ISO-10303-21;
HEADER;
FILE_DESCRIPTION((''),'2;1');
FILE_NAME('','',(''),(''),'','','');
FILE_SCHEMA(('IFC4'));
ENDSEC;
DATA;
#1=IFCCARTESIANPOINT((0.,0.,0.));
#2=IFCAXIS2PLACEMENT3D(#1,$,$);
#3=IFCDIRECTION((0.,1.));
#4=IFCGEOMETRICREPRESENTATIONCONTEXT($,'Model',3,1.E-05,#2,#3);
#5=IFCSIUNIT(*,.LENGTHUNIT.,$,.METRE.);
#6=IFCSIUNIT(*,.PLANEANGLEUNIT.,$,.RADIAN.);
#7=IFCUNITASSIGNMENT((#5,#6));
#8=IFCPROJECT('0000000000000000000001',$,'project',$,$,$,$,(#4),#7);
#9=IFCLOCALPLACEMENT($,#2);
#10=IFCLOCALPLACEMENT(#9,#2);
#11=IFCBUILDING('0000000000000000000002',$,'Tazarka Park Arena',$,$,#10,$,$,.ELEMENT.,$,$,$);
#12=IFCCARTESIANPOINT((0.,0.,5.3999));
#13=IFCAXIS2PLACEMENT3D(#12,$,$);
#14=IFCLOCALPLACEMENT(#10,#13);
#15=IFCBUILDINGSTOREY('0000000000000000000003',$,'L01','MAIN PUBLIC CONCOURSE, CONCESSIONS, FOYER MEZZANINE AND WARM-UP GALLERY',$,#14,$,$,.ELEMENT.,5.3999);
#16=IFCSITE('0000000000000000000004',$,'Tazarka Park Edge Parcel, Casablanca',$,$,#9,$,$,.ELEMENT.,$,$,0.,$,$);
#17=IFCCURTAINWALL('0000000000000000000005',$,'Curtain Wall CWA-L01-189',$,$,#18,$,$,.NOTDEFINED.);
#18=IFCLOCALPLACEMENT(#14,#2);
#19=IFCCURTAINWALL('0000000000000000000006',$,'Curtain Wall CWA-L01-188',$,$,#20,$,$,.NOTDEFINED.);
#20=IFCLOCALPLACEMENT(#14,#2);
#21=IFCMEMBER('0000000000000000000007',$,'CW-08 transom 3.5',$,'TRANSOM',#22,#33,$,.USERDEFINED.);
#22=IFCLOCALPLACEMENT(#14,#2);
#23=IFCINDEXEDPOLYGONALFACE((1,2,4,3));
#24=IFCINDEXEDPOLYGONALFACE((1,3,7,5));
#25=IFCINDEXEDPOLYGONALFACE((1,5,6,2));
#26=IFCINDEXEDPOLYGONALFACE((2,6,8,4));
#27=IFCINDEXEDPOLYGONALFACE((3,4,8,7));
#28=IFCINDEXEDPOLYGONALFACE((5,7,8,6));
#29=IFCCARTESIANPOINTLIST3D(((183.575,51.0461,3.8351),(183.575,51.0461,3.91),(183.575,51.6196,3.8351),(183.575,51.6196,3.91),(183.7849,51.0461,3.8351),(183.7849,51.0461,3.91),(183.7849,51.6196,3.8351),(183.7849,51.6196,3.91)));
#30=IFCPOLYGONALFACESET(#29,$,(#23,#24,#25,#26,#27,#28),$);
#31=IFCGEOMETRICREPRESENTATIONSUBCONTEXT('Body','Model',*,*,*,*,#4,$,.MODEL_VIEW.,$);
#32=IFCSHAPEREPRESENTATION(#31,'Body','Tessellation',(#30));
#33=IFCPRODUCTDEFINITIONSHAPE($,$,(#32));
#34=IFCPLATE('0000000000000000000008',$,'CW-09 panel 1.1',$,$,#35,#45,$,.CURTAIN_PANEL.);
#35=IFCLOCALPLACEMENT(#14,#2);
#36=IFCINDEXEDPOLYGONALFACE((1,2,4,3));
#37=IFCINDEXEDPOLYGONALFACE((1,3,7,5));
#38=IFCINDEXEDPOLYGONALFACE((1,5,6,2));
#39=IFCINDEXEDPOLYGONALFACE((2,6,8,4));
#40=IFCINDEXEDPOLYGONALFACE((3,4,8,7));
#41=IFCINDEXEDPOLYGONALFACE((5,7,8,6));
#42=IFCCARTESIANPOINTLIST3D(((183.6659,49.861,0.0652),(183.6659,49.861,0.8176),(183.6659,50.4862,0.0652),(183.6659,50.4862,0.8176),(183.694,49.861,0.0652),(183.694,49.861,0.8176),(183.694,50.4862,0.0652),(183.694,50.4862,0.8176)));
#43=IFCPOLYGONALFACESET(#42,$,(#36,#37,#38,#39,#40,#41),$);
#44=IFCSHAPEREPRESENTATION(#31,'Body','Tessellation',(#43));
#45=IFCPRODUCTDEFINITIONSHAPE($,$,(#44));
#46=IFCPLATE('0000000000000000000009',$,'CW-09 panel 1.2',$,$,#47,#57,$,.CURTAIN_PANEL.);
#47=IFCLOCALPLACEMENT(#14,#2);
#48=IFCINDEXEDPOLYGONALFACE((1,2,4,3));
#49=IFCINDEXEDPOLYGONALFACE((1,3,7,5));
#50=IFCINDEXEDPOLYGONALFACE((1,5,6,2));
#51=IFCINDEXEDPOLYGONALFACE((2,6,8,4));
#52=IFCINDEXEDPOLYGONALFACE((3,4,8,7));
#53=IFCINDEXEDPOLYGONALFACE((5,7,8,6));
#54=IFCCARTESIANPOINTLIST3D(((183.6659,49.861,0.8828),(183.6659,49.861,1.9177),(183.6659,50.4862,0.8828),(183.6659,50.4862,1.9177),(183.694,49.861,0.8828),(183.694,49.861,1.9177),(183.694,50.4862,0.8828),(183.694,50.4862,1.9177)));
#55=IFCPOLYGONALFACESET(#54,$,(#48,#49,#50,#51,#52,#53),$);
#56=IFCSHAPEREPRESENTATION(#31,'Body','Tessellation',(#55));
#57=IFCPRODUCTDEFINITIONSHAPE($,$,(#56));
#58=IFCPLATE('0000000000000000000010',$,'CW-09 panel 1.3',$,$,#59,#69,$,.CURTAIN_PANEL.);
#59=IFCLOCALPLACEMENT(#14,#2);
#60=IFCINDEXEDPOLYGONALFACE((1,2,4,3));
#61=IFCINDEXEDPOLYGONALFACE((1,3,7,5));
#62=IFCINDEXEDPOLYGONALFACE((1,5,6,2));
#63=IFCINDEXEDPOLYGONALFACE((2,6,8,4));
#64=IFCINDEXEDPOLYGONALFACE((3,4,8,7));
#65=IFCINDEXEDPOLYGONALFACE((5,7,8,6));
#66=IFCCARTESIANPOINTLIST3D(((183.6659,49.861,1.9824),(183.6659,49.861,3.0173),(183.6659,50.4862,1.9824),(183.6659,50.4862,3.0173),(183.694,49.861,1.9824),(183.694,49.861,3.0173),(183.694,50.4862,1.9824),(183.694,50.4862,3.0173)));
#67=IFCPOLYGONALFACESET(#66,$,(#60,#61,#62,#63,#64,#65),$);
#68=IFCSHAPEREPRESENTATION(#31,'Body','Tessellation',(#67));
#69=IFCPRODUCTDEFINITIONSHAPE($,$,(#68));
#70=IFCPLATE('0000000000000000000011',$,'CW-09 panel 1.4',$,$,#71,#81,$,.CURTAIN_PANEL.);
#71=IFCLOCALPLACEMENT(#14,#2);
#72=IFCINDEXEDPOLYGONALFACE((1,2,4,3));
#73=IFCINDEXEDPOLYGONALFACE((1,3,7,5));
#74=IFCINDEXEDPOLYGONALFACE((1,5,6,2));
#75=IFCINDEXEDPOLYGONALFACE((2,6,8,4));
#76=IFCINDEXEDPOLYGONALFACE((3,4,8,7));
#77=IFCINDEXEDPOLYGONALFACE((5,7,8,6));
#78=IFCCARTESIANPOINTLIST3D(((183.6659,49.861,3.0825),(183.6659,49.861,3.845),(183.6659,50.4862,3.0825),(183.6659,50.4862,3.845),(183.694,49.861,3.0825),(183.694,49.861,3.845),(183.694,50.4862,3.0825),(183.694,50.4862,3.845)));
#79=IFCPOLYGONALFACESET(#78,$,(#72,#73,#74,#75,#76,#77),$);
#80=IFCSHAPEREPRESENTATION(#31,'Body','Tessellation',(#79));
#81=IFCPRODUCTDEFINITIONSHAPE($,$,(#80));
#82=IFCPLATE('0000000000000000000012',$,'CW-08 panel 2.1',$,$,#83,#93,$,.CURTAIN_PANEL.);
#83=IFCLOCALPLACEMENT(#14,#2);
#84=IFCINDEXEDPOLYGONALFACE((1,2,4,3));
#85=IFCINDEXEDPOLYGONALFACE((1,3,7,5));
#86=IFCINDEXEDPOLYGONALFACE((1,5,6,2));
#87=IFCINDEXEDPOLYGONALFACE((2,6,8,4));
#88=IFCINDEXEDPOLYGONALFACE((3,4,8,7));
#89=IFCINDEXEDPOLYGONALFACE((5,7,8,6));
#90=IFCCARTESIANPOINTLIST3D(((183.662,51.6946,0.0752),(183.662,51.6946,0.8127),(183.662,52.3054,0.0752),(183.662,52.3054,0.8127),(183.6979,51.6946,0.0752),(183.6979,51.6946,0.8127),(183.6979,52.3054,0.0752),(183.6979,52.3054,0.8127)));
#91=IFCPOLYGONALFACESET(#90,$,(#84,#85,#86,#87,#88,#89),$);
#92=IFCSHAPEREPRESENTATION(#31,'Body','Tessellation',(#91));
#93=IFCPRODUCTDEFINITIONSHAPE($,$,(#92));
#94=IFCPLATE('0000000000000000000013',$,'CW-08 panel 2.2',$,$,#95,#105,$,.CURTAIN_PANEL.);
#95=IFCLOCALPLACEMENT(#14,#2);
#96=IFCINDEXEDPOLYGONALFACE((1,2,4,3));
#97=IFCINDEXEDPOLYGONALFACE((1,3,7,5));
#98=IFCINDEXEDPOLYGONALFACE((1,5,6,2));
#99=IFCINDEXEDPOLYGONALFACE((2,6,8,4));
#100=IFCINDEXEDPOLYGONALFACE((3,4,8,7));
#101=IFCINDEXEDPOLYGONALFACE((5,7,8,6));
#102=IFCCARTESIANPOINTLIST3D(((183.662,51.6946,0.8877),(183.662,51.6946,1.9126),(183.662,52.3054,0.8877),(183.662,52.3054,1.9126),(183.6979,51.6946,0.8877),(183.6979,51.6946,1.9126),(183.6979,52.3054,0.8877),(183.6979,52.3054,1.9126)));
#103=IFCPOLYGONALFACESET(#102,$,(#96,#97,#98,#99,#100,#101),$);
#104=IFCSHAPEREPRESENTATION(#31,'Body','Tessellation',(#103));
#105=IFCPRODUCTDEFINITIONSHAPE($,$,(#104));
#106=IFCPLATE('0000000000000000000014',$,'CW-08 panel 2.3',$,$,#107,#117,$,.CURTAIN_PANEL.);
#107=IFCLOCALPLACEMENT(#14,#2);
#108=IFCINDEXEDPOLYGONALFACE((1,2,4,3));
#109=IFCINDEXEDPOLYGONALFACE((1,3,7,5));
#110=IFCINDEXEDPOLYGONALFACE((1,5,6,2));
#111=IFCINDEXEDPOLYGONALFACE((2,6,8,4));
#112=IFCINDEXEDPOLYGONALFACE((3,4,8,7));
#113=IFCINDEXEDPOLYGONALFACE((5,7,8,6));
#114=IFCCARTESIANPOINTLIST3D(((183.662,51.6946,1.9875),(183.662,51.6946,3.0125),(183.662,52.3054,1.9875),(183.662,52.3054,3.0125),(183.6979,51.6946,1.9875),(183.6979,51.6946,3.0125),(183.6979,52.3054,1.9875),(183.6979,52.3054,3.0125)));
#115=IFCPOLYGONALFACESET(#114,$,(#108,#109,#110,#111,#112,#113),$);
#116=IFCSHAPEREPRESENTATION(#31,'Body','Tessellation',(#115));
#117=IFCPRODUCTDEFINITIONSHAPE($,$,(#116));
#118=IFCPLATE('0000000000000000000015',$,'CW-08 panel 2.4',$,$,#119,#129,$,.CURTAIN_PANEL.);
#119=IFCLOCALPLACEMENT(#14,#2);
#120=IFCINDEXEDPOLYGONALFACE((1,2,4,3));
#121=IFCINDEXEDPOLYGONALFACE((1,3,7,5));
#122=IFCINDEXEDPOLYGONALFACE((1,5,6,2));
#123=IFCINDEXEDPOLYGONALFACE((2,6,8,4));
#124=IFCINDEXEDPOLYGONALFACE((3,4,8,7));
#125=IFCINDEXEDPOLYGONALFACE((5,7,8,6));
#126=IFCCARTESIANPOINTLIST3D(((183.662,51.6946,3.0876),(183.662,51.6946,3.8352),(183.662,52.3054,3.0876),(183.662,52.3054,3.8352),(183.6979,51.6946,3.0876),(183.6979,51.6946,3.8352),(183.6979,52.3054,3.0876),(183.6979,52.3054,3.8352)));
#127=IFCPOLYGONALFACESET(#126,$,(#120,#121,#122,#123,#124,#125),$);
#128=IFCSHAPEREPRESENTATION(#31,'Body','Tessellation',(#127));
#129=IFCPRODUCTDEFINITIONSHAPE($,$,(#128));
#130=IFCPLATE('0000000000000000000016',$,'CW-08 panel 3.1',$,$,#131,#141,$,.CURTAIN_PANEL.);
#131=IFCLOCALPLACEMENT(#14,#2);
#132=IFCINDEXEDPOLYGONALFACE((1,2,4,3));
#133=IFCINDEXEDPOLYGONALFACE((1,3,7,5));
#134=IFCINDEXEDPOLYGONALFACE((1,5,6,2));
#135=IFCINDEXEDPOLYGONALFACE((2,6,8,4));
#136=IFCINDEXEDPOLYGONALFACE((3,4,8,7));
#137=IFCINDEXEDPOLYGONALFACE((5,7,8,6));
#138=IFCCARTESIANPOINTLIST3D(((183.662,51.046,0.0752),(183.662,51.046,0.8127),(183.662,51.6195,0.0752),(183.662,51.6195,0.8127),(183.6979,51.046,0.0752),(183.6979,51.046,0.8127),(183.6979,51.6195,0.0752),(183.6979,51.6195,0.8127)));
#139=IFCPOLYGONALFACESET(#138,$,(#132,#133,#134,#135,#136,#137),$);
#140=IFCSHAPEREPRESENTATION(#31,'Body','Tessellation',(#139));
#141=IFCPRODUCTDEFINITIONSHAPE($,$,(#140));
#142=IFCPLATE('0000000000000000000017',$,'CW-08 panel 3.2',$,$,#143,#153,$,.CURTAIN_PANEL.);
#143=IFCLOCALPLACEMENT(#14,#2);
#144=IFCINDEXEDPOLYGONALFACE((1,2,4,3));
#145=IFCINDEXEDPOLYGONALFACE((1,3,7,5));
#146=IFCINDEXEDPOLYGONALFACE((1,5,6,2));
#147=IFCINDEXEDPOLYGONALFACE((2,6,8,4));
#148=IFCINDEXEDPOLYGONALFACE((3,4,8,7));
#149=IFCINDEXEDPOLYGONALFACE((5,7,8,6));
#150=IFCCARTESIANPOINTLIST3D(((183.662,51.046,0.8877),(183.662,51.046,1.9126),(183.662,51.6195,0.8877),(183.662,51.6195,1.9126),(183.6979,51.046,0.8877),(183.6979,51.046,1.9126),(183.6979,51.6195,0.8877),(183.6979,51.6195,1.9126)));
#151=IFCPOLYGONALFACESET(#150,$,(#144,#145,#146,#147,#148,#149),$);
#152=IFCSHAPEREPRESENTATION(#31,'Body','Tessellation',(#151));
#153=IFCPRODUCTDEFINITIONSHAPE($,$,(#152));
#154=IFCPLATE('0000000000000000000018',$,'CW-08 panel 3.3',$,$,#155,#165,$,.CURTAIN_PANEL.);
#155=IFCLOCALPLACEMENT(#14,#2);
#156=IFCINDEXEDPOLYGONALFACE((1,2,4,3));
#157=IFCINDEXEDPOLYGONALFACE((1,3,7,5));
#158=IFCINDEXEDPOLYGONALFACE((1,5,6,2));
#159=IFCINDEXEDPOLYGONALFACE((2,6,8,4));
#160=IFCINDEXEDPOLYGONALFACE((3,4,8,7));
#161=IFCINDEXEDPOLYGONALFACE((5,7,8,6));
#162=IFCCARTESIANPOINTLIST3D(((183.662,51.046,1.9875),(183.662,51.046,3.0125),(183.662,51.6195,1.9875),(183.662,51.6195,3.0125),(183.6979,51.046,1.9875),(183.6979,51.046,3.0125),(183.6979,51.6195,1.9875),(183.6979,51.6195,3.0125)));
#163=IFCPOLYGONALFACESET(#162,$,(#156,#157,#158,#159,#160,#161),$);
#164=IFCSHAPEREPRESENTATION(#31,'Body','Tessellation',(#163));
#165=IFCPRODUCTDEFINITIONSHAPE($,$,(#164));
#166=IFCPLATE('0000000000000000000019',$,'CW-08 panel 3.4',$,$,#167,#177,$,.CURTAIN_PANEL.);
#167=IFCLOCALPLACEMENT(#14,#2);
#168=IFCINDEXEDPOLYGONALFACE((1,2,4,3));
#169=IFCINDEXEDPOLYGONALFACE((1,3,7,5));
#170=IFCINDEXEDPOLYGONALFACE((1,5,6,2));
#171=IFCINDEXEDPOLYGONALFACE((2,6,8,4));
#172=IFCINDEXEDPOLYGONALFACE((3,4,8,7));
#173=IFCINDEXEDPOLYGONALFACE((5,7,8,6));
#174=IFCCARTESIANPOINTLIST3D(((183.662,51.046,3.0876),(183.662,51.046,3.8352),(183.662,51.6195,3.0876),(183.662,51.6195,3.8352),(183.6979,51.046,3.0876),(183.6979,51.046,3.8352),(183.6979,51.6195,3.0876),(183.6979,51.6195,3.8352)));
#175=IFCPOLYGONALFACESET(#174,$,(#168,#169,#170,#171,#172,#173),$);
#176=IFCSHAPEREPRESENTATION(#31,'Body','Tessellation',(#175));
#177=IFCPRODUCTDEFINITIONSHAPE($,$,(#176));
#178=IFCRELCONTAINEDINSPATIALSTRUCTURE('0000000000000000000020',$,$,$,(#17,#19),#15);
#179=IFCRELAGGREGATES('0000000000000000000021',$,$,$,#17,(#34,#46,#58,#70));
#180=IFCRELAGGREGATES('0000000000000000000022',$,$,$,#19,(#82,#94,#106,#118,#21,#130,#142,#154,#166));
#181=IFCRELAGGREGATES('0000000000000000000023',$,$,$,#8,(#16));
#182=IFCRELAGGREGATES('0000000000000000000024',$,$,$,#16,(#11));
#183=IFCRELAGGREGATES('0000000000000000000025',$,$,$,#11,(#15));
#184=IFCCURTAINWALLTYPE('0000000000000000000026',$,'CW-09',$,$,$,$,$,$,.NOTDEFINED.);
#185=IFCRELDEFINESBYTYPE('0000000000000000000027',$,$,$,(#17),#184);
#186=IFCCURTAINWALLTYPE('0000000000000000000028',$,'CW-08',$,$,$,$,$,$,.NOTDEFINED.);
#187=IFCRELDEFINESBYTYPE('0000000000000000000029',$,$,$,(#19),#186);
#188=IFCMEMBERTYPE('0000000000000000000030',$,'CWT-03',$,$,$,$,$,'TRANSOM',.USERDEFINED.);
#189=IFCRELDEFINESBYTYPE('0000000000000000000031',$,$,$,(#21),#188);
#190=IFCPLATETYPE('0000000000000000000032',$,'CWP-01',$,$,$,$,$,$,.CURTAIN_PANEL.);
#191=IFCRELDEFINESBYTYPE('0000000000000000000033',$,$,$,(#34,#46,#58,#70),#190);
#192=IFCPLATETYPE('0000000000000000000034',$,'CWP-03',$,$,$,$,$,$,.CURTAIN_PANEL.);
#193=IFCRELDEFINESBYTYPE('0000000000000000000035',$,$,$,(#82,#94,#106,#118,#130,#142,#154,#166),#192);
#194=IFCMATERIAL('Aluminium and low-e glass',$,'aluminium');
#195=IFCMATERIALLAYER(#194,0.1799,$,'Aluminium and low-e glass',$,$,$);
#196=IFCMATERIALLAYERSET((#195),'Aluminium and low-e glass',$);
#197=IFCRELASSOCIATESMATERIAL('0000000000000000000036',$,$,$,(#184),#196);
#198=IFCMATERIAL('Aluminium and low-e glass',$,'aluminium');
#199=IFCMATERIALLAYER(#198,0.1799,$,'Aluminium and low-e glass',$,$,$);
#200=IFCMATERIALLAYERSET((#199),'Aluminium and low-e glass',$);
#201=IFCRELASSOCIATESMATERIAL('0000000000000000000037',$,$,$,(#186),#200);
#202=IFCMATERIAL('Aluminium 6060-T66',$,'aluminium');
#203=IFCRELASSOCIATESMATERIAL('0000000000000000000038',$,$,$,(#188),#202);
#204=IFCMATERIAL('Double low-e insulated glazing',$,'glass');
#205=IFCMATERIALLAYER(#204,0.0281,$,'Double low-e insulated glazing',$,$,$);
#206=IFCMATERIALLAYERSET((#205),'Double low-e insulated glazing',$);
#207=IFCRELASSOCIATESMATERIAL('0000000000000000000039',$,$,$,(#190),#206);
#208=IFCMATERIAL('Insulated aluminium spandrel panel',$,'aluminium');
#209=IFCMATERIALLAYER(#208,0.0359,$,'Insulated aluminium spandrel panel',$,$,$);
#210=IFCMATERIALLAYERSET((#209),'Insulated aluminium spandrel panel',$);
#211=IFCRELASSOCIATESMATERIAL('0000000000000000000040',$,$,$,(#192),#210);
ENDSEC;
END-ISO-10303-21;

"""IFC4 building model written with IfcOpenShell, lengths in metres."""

from ifc_helpers import new_model, si_unit, direction, frame, origin, origin_2d, place, context, subcontext, project, spatial, rectangle, extrude, material, layer, layer_set, material_profile, profile_set, type_object, element, aggregate, save


model = new_model("IFC4")

# Units and contexts
model_context = context("Model", 3, precision=1e-05, world=origin(), true_north=direction((0.0, 1.0)))
body_context = subcontext(model_context, "Body", "Model", "MODEL_VIEW")
ifc_project = project(units=[si_unit("LENGTHUNIT", "METRE"), si_unit("PLANEANGLEUNIT", "RADIAN")], contexts=[model_context])

# Site, building, storey
site_placement = place(None, origin())
site = spatial("IfcSite", under=ifc_project, at=site_placement, Name="Tazarka Park Edge Parcel, Casablanca", CompositionType="ELEMENT", RefElevation=0.0)
building_placement = place(site_placement, origin())
building = spatial("IfcBuilding", under=site, at=building_placement, Name="Tazarka Park Arena", CompositionType="ELEMENT")
storey_placement = place(building_placement, frame((0.0, 0.0, 5.3999)))
storey = spatial("IfcBuildingStorey", under=building, at=storey_placement, Name="L01", Description="MAIN PUBLIC CONCOURSE, CONCESSIONS, FOYER MEZZANINE AND WARM-UP GALLERY", CompositionType="ELEMENT", Elevation=5.3999)

# Curtain walls
ifc_material_1 = material(Name="Aluminium and low-e glass", Category="aluminium")
ifc_layer_1 = layer(ifc_material_1, 0.1799, Name="Aluminium and low-e glass")
ifc_layer_set_1 = layer_set([ifc_layer_1], Name="Aluminium and low-e glass")
curtain_wall_type_1 = type_object("IfcCurtainWallType", Name="CW-09", PredefinedType="NOTDEFINED", material=ifc_layer_set_1)
curtain_wall_1_placement = place(storey_placement, origin())
curtain_wall_1 = element("IfcCurtainWall", 1, at=curtain_wall_1_placement, inside=storey, type_object=curtain_wall_type_1, Name="Curtain Wall CWA-L01-189", PredefinedType="NOTDEFINED")
ifc_material_2 = material(Name="Aluminium and low-e glass", Category="aluminium")
ifc_layer_2 = layer(ifc_material_2, 0.1799, Name="Aluminium and low-e glass")
ifc_layer_set_2 = layer_set([ifc_layer_2], Name="Aluminium and low-e glass")
curtain_wall_type_2 = type_object("IfcCurtainWallType", Name="CW-08", PredefinedType="NOTDEFINED", material=ifc_layer_set_2)
curtain_wall_2_placement = place(storey_placement, origin())
curtain_wall_2 = element("IfcCurtainWall", 2, at=curtain_wall_2_placement, inside=storey, type_object=curtain_wall_type_2, Name="Curtain Wall CWA-L01-188", PredefinedType="NOTDEFINED")

# Member
ifc_material_3 = material(Name="Aluminium 6060-T66", Category="aluminium")
ifc_material_profile_1 = material_profile(ifc_material_3, rectangle(XDim=0.21, YDim=0.075, at=origin_2d()), Name="Aluminium 6060-T66")
ifc_profile_set_1 = profile_set([ifc_material_profile_1], Name="Aluminium 6060-T66")
member_type_1 = type_object("IfcMemberType", Name="CWT-03", ElementType="TRANSOM", PredefinedType="USERDEFINED", material=ifc_profile_set_1)
member_1_placement = place(storey_placement, frame((183.6799, 51.6196, 3.8726), z_axis=(0.0, -1.0, 0.0), x_axis=(1.0, 0.0, 0.0)))
member_1 = element("IfcMember", 3, at=member_1_placement, type_object=member_type_1, Name="CW-08 transom 3.5", ObjectType="TRANSOM", PredefinedType="USERDEFINED", context=body_context, shape_type="SweptSolid", body=[
    extrude(rectangle(XDim=0.21, YDim=0.075, at=origin_2d()), origin(), (0.0, 0.0, 1.0), 0.5735),
])

# Plates
ifc_material_4 = material(Name="Double low-e insulated glazing", Category="glass")
ifc_layer_3 = layer(ifc_material_4, 0.0281, Name="Double low-e insulated glazing")
ifc_layer_set_3 = layer_set([ifc_layer_3], Name="Double low-e insulated glazing")
plate_type_1 = type_object("IfcPlateType", Name="CWP-01", PredefinedType="CURTAIN_PANEL", material=ifc_layer_set_3)
plate_1_placement = place(storey_placement, frame((183.6799, 50.1736, 0.0652), z_axis=(0.0, 0.0, 1.0), x_axis=(0.0, -1.0, 0.0)))
plate_1 = element("IfcPlate", 4, at=plate_1_placement, type_object=plate_type_1, Name="CW-09 panel 1.1", PredefinedType="CURTAIN_PANEL", context=body_context, shape_type="SweptSolid", body=[
    extrude(rectangle(XDim=0.6252, YDim=0.0281, at=origin_2d()), origin(), (0.0, 0.0, 1.0), 0.7524),
])
plate_2_placement = place(storey_placement, frame((183.6799, 50.1736, 0.8828), z_axis=(0.0, 0.0, 1.0), x_axis=(0.0, -1.0, 0.0)))
plate_2 = element("IfcPlate", 5, at=plate_2_placement, type_object=plate_type_1, Name="CW-09 panel 1.2", PredefinedType="CURTAIN_PANEL", context=body_context, shape_type="SweptSolid", body=[
    extrude(rectangle(XDim=0.6252, YDim=0.0281, at=origin_2d()), origin(), (0.0, 0.0, 1.0), 1.0349),
])
plate_3_placement = place(storey_placement, frame((183.6799, 50.1736, 1.9824), z_axis=(0.0, 0.0, 1.0), x_axis=(0.0, -1.0, 0.0)))
plate_3 = element("IfcPlate", 6, at=plate_3_placement, type_object=plate_type_1, Name="CW-09 panel 1.3", PredefinedType="CURTAIN_PANEL", context=body_context, shape_type="SweptSolid", body=[
    extrude(rectangle(XDim=0.6252, YDim=0.0281, at=origin_2d()), origin(), (0.0, 0.0, 1.0), 1.0349),
])
plate_4_placement = place(storey_placement, frame((183.6799, 50.1736, 3.0825), z_axis=(0.0, 0.0, 1.0), x_axis=(0.0, -1.0, 0.0)))
plate_4 = element("IfcPlate", 7, at=plate_4_placement, type_object=plate_type_1, Name="CW-09 panel 1.4", PredefinedType="CURTAIN_PANEL", context=body_context, shape_type="SweptSolid", body=[
    extrude(rectangle(XDim=0.6252, YDim=0.0281, at=origin_2d()), origin(), (0.0, 0.0, 1.0), 0.7625),
])
aggregate(curtain_wall_1, [plate_1, plate_2, plate_3, plate_4])
ifc_material_5 = material(Name="Insulated aluminium spandrel panel", Category="aluminium")
ifc_layer_4 = layer(ifc_material_5, 0.0359, Name="Insulated aluminium spandrel panel")
ifc_layer_set_4 = layer_set([ifc_layer_4], Name="Insulated aluminium spandrel panel")
plate_type_2 = type_object("IfcPlateType", Name="CWP-03", PredefinedType="CURTAIN_PANEL", material=ifc_layer_set_4)
plate_5_placement = place(storey_placement, frame((183.6799, 52.0, 0.0752), z_axis=(0.0, 0.0, 1.0), x_axis=(0.0, -1.0, 0.0)))
plate_5 = element("IfcPlate", 8, at=plate_5_placement, type_object=plate_type_2, Name="CW-08 panel 2.1", PredefinedType="CURTAIN_PANEL", context=body_context, shape_type="SweptSolid", body=[
    extrude(rectangle(XDim=0.6108, YDim=0.0359, at=origin_2d()), origin(), (0.0, 0.0, 1.0), 0.7375),
])
plate_6_placement = place(storey_placement, frame((183.6799, 52.0, 0.8877), z_axis=(0.0, 0.0, 1.0), x_axis=(0.0, -1.0, 0.0)))
plate_6 = element("IfcPlate", 9, at=plate_6_placement, type_object=plate_type_2, Name="CW-08 panel 2.2", PredefinedType="CURTAIN_PANEL", context=body_context, shape_type="SweptSolid", body=[
    extrude(rectangle(XDim=0.6108, YDim=0.0359, at=origin_2d()), origin(), (0.0, 0.0, 1.0), 1.0249),
])
plate_7_placement = place(storey_placement, frame((183.6799, 52.0, 1.9875), z_axis=(0.0, 0.0, 1.0), x_axis=(0.0, -1.0, 0.0)))
plate_7 = element("IfcPlate", 10, at=plate_7_placement, type_object=plate_type_2, Name="CW-08 panel 2.3", PredefinedType="CURTAIN_PANEL", context=body_context, shape_type="SweptSolid", body=[
    extrude(rectangle(XDim=0.6108, YDim=0.0359, at=origin_2d()), origin(), (0.0, 0.0, 1.0), 1.0249),
])
plate_8_placement = place(storey_placement, frame((183.6799, 52.0, 3.0876), z_axis=(0.0, 0.0, 1.0), x_axis=(0.0, -1.0, 0.0)))
plate_8 = element("IfcPlate", 11, at=plate_8_placement, type_object=plate_type_2, Name="CW-08 panel 2.4", PredefinedType="CURTAIN_PANEL", context=body_context, shape_type="SweptSolid", body=[
    extrude(rectangle(XDim=0.6108, YDim=0.0359, at=origin_2d()), origin(), (0.0, 0.0, 1.0), 0.7476),
])
plate_9_placement = place(storey_placement, frame((183.6799, 51.3328, 0.0752), z_axis=(0.0, 0.0, 1.0), x_axis=(0.0, -1.0, 0.0)))
plate_9 = element("IfcPlate", 12, at=plate_9_placement, type_object=plate_type_2, Name="CW-08 panel 3.1", PredefinedType="CURTAIN_PANEL", context=body_context, shape_type="SweptSolid", body=[
    extrude(rectangle(XDim=0.5735, YDim=0.0359, at=origin_2d()), origin(), (0.0, 0.0, 1.0), 0.7375),
])
plate_10_placement = place(storey_placement, frame((183.6799, 51.3328, 0.8877), z_axis=(0.0, 0.0, 1.0), x_axis=(0.0, -1.0, 0.0)))
plate_10 = element("IfcPlate", 13, at=plate_10_placement, type_object=plate_type_2, Name="CW-08 panel 3.2", PredefinedType="CURTAIN_PANEL", context=body_context, shape_type="SweptSolid", body=[
    extrude(rectangle(XDim=0.5735, YDim=0.0359, at=origin_2d()), origin(), (0.0, 0.0, 1.0), 1.0249),
])
plate_11_placement = place(storey_placement, frame((183.6799, 51.3328, 1.9875), z_axis=(0.0, 0.0, 1.0), x_axis=(0.0, -1.0, 0.0)))
plate_11 = element("IfcPlate", 14, at=plate_11_placement, type_object=plate_type_2, Name="CW-08 panel 3.3", PredefinedType="CURTAIN_PANEL", context=body_context, shape_type="SweptSolid", body=[
    extrude(rectangle(XDim=0.5735, YDim=0.0359, at=origin_2d()), origin(), (0.0, 0.0, 1.0), 1.0249),
])
plate_12_placement = place(storey_placement, frame((183.6799, 51.3328, 3.0876), z_axis=(0.0, 0.0, 1.0), x_axis=(0.0, -1.0, 0.0)))
plate_12 = element("IfcPlate", 15, at=plate_12_placement, type_object=plate_type_2, Name="CW-08 panel 3.4", PredefinedType="CURTAIN_PANEL", context=body_context, shape_type="SweptSolid", body=[
    extrude(rectangle(XDim=0.5735, YDim=0.0359, at=origin_2d()), origin(), (0.0, 0.0, 1.0), 0.7476),
])
aggregate(curtain_wall_2, [plate_5, plate_6, plate_7, plate_8, member_1, plate_9, plate_10, plate_11, plate_12])

save(model, "model.ifc")
